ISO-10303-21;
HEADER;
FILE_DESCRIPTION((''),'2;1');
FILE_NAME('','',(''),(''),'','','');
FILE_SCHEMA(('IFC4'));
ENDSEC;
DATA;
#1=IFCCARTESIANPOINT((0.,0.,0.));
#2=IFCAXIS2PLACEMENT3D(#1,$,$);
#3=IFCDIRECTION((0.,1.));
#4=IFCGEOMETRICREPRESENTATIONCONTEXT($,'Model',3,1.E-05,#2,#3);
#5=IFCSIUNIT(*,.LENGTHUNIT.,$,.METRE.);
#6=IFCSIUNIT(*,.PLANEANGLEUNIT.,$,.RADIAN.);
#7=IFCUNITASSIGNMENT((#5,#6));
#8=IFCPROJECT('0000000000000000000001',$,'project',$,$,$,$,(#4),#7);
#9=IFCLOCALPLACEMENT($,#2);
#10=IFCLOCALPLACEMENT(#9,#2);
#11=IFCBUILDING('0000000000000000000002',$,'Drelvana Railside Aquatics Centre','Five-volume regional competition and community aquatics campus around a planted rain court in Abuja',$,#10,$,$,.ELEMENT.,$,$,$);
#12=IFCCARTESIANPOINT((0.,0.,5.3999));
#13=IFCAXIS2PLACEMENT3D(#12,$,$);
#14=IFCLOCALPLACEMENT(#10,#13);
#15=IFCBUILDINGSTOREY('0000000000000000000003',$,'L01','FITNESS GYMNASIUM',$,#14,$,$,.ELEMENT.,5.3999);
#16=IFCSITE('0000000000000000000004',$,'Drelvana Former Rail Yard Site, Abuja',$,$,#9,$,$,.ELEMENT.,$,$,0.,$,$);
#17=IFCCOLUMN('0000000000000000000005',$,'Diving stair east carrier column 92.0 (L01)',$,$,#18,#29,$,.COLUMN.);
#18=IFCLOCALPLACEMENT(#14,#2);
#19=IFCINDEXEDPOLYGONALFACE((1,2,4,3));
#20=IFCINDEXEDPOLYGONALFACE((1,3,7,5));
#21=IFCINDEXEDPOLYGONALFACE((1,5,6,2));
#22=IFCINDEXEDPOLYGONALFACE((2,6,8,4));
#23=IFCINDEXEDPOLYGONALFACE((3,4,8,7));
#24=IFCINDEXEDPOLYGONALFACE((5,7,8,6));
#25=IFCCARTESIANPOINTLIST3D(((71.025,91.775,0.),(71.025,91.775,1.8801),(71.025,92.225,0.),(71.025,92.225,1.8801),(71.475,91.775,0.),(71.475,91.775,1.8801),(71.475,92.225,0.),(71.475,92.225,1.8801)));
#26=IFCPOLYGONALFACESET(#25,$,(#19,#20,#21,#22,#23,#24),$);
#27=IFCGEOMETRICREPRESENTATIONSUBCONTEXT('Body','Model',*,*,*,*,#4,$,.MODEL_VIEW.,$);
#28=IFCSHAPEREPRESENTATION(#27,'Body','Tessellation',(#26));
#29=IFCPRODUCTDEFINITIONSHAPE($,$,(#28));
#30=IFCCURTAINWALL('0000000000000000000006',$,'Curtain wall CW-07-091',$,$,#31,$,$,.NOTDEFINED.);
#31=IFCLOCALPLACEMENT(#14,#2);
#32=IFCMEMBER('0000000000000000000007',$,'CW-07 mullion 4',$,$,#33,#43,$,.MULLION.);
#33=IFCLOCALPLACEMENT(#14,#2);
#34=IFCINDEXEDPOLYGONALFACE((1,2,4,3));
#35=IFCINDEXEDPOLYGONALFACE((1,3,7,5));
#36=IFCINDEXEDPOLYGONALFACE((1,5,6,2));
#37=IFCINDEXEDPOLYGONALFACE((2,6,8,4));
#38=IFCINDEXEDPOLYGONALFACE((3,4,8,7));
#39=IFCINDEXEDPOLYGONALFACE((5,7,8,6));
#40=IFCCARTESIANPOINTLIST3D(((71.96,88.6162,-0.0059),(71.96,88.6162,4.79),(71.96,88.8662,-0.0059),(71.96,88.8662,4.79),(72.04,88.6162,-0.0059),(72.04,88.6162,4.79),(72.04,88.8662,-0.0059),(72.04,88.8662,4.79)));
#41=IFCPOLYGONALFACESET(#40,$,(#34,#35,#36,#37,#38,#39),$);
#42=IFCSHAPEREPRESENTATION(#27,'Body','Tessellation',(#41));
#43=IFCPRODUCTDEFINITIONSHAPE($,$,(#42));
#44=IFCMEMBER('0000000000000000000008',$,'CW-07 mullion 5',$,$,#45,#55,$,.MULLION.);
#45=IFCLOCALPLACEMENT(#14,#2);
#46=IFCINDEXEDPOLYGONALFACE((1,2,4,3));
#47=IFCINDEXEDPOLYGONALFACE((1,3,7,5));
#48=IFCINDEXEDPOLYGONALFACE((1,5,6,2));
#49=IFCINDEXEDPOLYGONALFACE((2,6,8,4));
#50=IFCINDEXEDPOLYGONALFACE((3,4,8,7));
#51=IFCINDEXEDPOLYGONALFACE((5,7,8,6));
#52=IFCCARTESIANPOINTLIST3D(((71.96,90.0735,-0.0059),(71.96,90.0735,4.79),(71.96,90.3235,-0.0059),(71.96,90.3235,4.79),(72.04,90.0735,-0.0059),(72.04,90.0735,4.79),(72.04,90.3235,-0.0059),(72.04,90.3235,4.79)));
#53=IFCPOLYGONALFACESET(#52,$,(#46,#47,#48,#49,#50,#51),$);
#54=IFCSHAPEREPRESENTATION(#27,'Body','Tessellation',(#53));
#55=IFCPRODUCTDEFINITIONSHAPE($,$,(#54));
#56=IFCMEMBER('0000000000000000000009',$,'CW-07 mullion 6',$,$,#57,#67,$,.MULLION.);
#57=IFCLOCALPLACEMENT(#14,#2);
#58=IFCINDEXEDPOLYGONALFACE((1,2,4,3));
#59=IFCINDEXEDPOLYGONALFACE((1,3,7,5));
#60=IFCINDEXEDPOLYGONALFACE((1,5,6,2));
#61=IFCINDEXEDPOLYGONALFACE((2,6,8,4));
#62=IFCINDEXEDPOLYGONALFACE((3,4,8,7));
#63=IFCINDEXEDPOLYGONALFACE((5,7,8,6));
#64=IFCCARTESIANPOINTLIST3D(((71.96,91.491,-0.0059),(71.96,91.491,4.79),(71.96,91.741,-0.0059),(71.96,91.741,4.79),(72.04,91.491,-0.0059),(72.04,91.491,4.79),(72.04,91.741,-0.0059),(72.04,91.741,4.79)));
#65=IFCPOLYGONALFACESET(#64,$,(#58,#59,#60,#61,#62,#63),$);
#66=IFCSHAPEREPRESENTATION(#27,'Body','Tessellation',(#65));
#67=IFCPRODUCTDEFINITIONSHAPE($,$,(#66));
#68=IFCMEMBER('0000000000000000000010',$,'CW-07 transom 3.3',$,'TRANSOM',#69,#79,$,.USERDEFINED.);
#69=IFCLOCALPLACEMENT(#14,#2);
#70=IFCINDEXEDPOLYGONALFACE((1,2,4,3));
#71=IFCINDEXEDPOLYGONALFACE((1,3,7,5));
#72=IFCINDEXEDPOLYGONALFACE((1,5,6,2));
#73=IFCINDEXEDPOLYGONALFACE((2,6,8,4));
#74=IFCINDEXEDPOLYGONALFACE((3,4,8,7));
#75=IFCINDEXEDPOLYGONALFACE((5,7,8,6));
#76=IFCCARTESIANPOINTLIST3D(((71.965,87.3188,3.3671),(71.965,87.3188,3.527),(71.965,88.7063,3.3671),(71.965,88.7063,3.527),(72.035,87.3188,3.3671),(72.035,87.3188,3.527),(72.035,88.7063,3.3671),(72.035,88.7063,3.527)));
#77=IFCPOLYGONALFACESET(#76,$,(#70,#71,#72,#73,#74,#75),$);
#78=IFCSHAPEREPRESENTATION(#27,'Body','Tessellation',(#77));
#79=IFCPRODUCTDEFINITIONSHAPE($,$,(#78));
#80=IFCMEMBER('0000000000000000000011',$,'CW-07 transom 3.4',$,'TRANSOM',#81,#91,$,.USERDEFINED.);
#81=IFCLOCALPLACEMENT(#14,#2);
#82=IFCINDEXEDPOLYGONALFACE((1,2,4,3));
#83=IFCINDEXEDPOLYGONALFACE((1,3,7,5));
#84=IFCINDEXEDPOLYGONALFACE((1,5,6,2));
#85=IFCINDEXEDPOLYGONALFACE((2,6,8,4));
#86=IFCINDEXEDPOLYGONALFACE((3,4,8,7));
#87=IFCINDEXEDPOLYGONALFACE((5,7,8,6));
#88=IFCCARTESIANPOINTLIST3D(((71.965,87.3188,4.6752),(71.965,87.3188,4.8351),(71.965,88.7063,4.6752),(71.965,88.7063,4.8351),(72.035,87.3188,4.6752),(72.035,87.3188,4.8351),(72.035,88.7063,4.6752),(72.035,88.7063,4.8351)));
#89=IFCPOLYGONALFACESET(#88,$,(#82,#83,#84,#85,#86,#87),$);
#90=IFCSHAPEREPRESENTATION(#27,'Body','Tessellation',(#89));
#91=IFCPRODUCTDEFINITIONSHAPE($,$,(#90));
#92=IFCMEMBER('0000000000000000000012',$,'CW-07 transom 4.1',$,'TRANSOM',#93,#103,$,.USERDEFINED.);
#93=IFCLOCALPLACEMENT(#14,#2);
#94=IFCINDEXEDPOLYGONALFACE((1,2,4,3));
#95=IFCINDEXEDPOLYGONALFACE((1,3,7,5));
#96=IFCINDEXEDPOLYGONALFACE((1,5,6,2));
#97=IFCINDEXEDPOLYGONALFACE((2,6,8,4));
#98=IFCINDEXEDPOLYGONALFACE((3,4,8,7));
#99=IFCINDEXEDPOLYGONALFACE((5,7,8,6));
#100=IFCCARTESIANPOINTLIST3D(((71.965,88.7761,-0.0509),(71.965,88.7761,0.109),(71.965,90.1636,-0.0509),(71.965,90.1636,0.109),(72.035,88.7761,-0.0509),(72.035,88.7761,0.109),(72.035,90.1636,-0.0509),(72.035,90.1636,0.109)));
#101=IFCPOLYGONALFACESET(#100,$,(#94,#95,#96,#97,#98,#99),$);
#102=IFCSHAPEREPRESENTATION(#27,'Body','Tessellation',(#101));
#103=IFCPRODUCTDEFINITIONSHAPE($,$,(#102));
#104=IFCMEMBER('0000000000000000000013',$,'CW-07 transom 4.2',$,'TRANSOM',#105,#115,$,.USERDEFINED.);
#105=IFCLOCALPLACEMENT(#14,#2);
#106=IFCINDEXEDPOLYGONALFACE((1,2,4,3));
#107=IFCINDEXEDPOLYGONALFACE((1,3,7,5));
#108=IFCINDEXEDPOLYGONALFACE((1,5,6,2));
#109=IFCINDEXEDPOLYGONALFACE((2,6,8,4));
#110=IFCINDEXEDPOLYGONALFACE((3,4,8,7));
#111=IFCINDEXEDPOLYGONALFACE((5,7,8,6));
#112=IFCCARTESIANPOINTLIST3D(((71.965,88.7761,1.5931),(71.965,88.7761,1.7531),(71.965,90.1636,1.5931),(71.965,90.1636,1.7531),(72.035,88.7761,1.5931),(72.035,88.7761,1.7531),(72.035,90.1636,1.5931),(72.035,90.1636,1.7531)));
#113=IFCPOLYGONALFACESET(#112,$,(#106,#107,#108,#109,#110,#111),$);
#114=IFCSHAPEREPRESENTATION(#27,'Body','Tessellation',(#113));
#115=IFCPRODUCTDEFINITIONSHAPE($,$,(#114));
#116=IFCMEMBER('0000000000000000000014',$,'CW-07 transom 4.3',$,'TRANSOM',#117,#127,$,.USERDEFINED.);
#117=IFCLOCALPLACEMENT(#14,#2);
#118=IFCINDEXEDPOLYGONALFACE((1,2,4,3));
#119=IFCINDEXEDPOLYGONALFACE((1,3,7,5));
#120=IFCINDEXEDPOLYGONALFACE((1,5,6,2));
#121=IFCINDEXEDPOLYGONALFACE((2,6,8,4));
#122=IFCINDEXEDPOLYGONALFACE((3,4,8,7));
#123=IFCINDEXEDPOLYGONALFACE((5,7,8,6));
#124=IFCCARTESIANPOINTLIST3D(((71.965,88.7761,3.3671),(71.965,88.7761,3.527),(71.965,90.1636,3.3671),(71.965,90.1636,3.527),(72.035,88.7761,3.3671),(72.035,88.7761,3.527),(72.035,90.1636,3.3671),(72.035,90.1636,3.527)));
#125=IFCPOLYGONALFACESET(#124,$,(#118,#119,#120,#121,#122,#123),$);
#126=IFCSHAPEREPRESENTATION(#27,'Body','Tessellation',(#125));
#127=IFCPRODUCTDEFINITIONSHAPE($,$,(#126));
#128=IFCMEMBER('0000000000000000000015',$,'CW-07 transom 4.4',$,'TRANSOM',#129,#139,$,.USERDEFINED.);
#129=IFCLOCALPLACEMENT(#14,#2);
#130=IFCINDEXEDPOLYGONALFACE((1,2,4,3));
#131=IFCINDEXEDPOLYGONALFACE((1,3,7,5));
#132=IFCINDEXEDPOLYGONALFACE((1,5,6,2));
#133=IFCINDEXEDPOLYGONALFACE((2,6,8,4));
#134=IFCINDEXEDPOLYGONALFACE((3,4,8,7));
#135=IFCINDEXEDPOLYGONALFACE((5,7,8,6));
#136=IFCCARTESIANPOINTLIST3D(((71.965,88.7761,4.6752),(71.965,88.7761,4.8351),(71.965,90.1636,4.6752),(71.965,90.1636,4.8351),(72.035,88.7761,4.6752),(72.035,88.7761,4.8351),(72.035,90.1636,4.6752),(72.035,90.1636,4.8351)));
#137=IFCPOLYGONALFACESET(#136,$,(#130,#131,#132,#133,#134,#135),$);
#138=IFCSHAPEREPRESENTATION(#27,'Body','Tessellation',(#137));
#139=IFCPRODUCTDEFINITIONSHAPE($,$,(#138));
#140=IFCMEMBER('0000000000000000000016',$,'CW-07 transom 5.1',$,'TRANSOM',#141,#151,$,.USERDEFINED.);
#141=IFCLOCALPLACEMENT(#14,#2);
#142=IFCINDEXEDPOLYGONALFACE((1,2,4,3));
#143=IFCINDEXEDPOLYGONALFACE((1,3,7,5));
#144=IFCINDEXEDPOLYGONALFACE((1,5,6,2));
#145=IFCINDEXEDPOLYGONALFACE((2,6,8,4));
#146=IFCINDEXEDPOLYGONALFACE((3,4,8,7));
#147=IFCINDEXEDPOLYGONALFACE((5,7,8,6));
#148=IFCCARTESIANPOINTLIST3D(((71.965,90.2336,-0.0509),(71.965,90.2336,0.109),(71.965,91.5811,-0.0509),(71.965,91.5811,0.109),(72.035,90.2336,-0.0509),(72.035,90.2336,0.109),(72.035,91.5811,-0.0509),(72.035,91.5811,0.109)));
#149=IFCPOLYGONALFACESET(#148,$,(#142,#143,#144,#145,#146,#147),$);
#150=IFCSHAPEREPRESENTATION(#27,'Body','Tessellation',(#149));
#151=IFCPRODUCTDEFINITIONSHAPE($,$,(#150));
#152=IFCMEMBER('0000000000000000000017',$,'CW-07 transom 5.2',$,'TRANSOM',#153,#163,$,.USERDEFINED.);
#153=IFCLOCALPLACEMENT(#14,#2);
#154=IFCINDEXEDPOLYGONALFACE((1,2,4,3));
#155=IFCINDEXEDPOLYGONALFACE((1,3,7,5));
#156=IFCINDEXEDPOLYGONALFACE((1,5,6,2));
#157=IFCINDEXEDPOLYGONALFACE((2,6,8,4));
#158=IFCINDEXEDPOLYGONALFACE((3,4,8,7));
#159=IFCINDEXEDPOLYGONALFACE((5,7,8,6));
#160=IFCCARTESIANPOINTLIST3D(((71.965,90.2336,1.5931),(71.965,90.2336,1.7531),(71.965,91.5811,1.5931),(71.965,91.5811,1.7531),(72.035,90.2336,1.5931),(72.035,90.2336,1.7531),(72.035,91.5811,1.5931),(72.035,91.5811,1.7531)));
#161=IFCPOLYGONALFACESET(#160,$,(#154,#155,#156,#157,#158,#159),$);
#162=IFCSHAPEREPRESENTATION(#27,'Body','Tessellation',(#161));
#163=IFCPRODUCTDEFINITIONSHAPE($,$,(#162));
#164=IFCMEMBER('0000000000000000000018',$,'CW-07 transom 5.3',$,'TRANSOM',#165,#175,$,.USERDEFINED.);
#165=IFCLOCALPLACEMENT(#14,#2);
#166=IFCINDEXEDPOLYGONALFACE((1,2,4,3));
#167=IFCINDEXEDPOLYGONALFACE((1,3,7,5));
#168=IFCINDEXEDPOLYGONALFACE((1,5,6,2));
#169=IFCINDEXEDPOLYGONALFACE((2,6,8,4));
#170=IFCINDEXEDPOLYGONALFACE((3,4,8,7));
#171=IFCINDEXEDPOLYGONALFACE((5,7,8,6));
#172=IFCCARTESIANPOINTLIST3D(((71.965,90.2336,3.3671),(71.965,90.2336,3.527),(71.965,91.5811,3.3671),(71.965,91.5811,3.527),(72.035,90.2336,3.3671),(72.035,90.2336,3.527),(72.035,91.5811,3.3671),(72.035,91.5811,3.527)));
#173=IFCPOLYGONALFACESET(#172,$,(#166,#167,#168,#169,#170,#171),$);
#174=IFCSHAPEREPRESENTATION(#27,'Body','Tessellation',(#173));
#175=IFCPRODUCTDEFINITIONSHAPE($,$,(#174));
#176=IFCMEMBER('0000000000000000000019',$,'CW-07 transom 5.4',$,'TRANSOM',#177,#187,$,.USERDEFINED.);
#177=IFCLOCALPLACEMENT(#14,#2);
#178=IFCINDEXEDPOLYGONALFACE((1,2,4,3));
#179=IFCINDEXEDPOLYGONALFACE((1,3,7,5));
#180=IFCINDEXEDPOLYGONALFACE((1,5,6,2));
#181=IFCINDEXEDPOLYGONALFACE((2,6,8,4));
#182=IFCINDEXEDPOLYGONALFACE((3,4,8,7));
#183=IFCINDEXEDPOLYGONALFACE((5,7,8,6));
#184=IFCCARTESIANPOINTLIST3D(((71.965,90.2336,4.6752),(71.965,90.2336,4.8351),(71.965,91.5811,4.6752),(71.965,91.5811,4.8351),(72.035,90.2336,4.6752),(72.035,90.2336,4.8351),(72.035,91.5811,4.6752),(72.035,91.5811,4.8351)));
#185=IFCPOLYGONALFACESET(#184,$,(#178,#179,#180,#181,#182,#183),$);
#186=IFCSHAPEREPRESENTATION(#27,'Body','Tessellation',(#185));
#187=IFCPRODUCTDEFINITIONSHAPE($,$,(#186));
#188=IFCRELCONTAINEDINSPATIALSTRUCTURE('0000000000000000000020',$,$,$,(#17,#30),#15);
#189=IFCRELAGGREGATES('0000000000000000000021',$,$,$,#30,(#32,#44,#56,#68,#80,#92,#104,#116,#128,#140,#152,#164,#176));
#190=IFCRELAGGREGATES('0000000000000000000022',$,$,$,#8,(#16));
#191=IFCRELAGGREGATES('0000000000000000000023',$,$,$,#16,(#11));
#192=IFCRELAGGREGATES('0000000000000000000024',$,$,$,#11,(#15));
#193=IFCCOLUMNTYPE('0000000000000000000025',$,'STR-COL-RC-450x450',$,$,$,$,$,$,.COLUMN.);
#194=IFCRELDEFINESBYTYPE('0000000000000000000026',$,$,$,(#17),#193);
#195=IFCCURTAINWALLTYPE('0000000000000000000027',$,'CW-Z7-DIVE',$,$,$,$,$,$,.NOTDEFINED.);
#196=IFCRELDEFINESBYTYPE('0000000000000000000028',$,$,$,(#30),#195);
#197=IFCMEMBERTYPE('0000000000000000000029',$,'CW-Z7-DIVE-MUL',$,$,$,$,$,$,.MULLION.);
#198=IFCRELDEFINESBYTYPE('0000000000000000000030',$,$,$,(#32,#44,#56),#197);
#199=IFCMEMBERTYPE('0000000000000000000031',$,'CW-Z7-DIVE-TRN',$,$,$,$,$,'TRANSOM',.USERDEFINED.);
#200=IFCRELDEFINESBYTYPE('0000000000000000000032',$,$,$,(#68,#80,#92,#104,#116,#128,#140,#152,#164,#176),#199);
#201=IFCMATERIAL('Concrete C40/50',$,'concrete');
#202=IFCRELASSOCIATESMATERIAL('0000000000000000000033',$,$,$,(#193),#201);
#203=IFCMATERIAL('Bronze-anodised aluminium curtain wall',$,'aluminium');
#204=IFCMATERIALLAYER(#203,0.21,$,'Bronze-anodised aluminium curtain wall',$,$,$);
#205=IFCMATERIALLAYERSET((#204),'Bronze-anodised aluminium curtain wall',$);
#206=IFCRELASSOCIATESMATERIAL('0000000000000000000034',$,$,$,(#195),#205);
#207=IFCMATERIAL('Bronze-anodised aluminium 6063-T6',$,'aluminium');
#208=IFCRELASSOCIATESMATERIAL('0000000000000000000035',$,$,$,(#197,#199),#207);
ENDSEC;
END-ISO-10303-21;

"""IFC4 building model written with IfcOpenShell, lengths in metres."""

from ifc_helpers import new_model, si_unit, direction, frame, origin, origin_2d, place, context, subcontext, project, spatial, rectangle, extrude, material, layer, layer_set, material_profile, profile_set, type_object, element, aggregate, save


model = new_model("IFC4")

# Units and contexts
model_context = context("Model", 3, precision=1e-05, world=origin(), true_north=direction((0.0, 1.0)))
body_context = subcontext(model_context, "Body", "Model", "MODEL_VIEW")
ifc_project = project(units=[si_unit("LENGTHUNIT", "METRE"), si_unit("PLANEANGLEUNIT", "RADIAN")], contexts=[model_context])

# Site, building, storey
site_placement = place(None, origin())
site = spatial("IfcSite", under=ifc_project, at=site_placement, Name="Drelvana Former Rail Yard Site, Abuja", CompositionType="ELEMENT", RefElevation=0.0)
building_placement = place(site_placement, origin())
building = spatial("IfcBuilding", under=site, at=building_placement, Name="Drelvana Railside Aquatics Centre", Description="Five-volume regional competition and community aquatics campus around a planted rain court in Abuja", CompositionType="ELEMENT")
storey_placement = place(building_placement, frame((0.0, 0.0, 5.3999)))
storey = spatial("IfcBuildingStorey", under=building, at=storey_placement, Name="L01", Description="FITNESS GYMNASIUM", CompositionType="ELEMENT", Elevation=5.3999)

# Column
ifc_material_1 = material(Name="Concrete C40/50", Category="concrete")
ifc_material_profile_1 = material_profile(ifc_material_1, rectangle(XDim=0.45, YDim=0.45, at=origin_2d()), Name="RC 450x450")
ifc_profile_set_1 = profile_set([ifc_material_profile_1], Name="Concrete C40/50")
column_type = type_object("IfcColumnType", Name="STR-COL-RC-450x450", PredefinedType="COLUMN", material=ifc_profile_set_1)
column_placement = place(storey_placement, frame((71.25, 92.0, 0.0), z_axis=(0.0, 0.0, 1.0), x_axis=(1.0, 0.0, 0.0)))
element("IfcColumn", 1, at=column_placement, inside=storey, type_object=column_type, Name="Diving stair east carrier column 92.0 (L01)", PredefinedType="COLUMN", context=body_context, shape_type="SweptSolid", body=[
    extrude(rectangle(XDim=0.45, YDim=0.45, at=origin_2d()), origin(), (0.0, 0.0, 1.0), 1.8801),
])

# Curtain wall, members
ifc_material_2 = material(Name="Bronze-anodised aluminium curtain wall", Category="aluminium")
ifc_layer_1 = layer(ifc_material_2, 0.21, Name="Bronze-anodised aluminium curtain wall")
ifc_layer_set_1 = layer_set([ifc_layer_1], Name="Bronze-anodised aluminium curtain wall")
curtain_wall_type = type_object("IfcCurtainWallType", Name="CW-Z7-DIVE", PredefinedType="NOTDEFINED", material=ifc_layer_set_1)
curtain_wall_placement = place(storey_placement, origin())
curtain_wall = element("IfcCurtainWall", 2, at=curtain_wall_placement, inside=storey, type_object=curtain_wall_type, Name="Curtain wall CW-07-091", PredefinedType="NOTDEFINED")
ifc_material_3 = material(Name="Bronze-anodised aluminium 6063-T6", Category="aluminium")
ifc_material_profile_2 = material_profile(ifc_material_3, rectangle(XDim=0.0801, YDim=0.25, at=origin_2d()), Name="ALU-M 80x250")
ifc_profile_set_2 = profile_set([ifc_material_profile_2], Name="Bronze-anodised aluminium 6063-T6")
member_type_1 = type_object("IfcMemberType", Name="CW-Z7-DIVE-MUL", PredefinedType="MULLION", material=ifc_profile_set_2)
member_1_placement = place(storey_placement, frame((72.0, 88.7412, -0.0059), z_axis=(0.0, 0.0, 1.0), x_axis=(-1.0, 0.0, 0.0)))
member_1 = element("IfcMember", 3, at=member_1_placement, type_object=member_type_1, Name="CW-07 mullion 4", PredefinedType="MULLION", context=body_context, shape_type="SweptSolid", body=[
    extrude(rectangle(XDim=0.0801, YDim=0.25, at=origin_2d()), origin(), (0.0, 0.0, 1.0), 4.7959),
])
member_2_placement = place(storey_placement, frame((72.0, 90.1985, -0.0059), z_axis=(0.0, 0.0, 1.0), x_axis=(-1.0, 0.0, 0.0)))
member_2 = element("IfcMember", 4, at=member_2_placement, type_object=member_type_1, Name="CW-07 mullion 5", PredefinedType="MULLION", context=body_context, shape_type="SweptSolid", body=[
    extrude(rectangle(XDim=0.0801, YDim=0.25, at=origin_2d()), origin(), (0.0, 0.0, 1.0), 4.7959),
])
member_3_placement = place(storey_placement, frame((72.0, 91.616, -0.0059), z_axis=(0.0, 0.0, 1.0), x_axis=(-1.0, 0.0, 0.0)))
member_3 = element("IfcMember", 5, at=member_3_placement, type_object=member_type_1, Name="CW-07 mullion 6", PredefinedType="MULLION", context=body_context, shape_type="SweptSolid", body=[
    extrude(rectangle(XDim=0.0801, YDim=0.25, at=origin_2d()), origin(), (0.0, 0.0, 1.0), 4.7959),
])
ifc_material_profile_3 = material_profile(ifc_material_3, rectangle(XDim=0.1599, YDim=0.0701, at=origin_2d()), Name="ALU-T 70x160")
ifc_profile_set_3 = profile_set([ifc_material_profile_3], Name="Bronze-anodised aluminium 6063-T6")
member_type_2 = type_object("IfcMemberType", Name="CW-Z7-DIVE-TRN", ElementType="TRANSOM", PredefinedType="USERDEFINED", material=ifc_profile_set_3)
member_4_placement = place(storey_placement, frame((72.0, 87.3188, 3.447), z_axis=(0.0, 1.0, 0.0), x_axis=(0.0, 0.0, 1.0)))
member_4 = element("IfcMember", 6, at=member_4_placement, type_object=member_type_2, Name="CW-07 transom 3.3", ObjectType="TRANSOM", PredefinedType="USERDEFINED", context=body_context, shape_type="SweptSolid", body=[
    extrude(rectangle(XDim=0.1599, YDim=0.0701, at=origin_2d()), origin(), (0.0, 0.0, 1.0), 1.3875),
])
member_5_placement = place(storey_placement, frame((72.0, 87.3188, 4.7551), z_axis=(0.0, 1.0, 0.0), x_axis=(0.0, 0.0, 1.0)))
member_5 = element("IfcMember", 7, at=member_5_placement, type_object=member_type_2, Name="CW-07 transom 3.4", ObjectType="TRANSOM", PredefinedType="USERDEFINED", context=body_context, shape_type="SweptSolid", body=[
    extrude(rectangle(XDim=0.1599, YDim=0.0701, at=origin_2d()), origin(), (0.0, 0.0, 1.0), 1.3875),
])
member_6_placement = place(storey_placement, frame((72.0, 88.7761, 0.0291), z_axis=(0.0, 1.0, 0.0), x_axis=(0.0, 0.0, 1.0)))
member_6 = element("IfcMember", 8, at=member_6_placement, type_object=member_type_2, Name="CW-07 transom 4.1", ObjectType="TRANSOM", PredefinedType="USERDEFINED", context=body_context, shape_type="SweptSolid", body=[
    extrude(rectangle(XDim=0.1599, YDim=0.0701, at=origin_2d()), origin(), (0.0, 0.0, 1.0), 1.3875),
])
member_7_placement = place(storey_placement, frame((72.0, 88.7761, 1.6731), z_axis=(0.0, 1.0, 0.0), x_axis=(0.0, 0.0, 1.0)))
member_7 = element("IfcMember", 9, at=member_7_placement, type_object=member_type_2, Name="CW-07 transom 4.2", ObjectType="TRANSOM", PredefinedType="USERDEFINED", context=body_context, shape_type="SweptSolid", body=[
    extrude(rectangle(XDim=0.1599, YDim=0.0701, at=origin_2d()), origin(), (0.0, 0.0, 1.0), 1.3875),
])
member_8_placement = place(storey_placement, frame((72.0, 88.7761, 3.447), z_axis=(0.0, 1.0, 0.0), x_axis=(0.0, 0.0, 1.0)))
member_8 = element("IfcMember", 10, at=member_8_placement, type_object=member_type_2, Name="CW-07 transom 4.3", ObjectType="TRANSOM", PredefinedType="USERDEFINED", context=body_context, shape_type="SweptSolid", body=[
    extrude(rectangle(XDim=0.1599, YDim=0.0701, at=origin_2d()), origin(), (0.0, 0.0, 1.0), 1.3875),
])
member_9_placement = place(storey_placement, frame((72.0, 88.7761, 4.7551), z_axis=(0.0, 1.0, 0.0), x_axis=(0.0, 0.0, 1.0)))
member_9 = element("IfcMember", 11, at=member_9_placement, type_object=member_type_2, Name="CW-07 transom 4.4", ObjectType="TRANSOM", PredefinedType="USERDEFINED", context=body_context, shape_type="SweptSolid", body=[
    extrude(rectangle(XDim=0.1599, YDim=0.0701, at=origin_2d()), origin(), (0.0, 0.0, 1.0), 1.3875),
])
member_10_placement = place(storey_placement, frame((72.0, 90.2336, 0.0291), z_axis=(0.0, 1.0, 0.0), x_axis=(0.0, 0.0, 1.0)))
member_10 = element("IfcMember", 12, at=member_10_placement, type_object=member_type_2, Name="CW-07 transom 5.1", ObjectType="TRANSOM", PredefinedType="USERDEFINED", context=body_context, shape_type="SweptSolid", body=[
    extrude(rectangle(XDim=0.1599, YDim=0.0701, at=origin_2d()), origin(), (0.0, 0.0, 1.0), 1.3474),
])
member_11_placement = place(storey_placement, frame((72.0, 90.2336, 1.6731), z_axis=(0.0, 1.0, 0.0), x_axis=(0.0, 0.0, 1.0)))
member_11 = element("IfcMember", 13, at=member_11_placement, type_object=member_type_2, Name="CW-07 transom 5.2", ObjectType="TRANSOM", PredefinedType="USERDEFINED", context=body_context, shape_type="SweptSolid", body=[
    extrude(rectangle(XDim=0.1599, YDim=0.0701, at=origin_2d()), origin(), (0.0, 0.0, 1.0), 1.3474),
])
member_12_placement = place(storey_placement, frame((72.0, 90.2336, 3.447), z_axis=(0.0, 1.0, 0.0), x_axis=(0.0, 0.0, 1.0)))
member_12 = element("IfcMember", 14, at=member_12_placement, type_object=member_type_2, Name="CW-07 transom 5.3", ObjectType="TRANSOM", PredefinedType="USERDEFINED", context=body_context, shape_type="SweptSolid", body=[
    extrude(rectangle(XDim=0.1599, YDim=0.0701, at=origin_2d()), origin(), (0.0, 0.0, 1.0), 1.3474),
])
member_13_placement = place(storey_placement, frame((72.0, 90.2336, 4.7551), z_axis=(0.0, 1.0, 0.0), x_axis=(0.0, 0.0, 1.0)))
member_13 = element("IfcMember", 15, at=member_13_placement, type_object=member_type_2, Name="CW-07 transom 5.4", ObjectType="TRANSOM", PredefinedType="USERDEFINED", context=body_context, shape_type="SweptSolid", body=[
    extrude(rectangle(XDim=0.1599, YDim=0.0701, at=origin_2d()), origin(), (0.0, 0.0, 1.0), 1.3474),
])

aggregate(curtain_wall, [member_1, member_2, member_3, member_4, member_5, member_6, member_7, member_8, member_9, member_10, member_11, member_12, member_13])

save(model, "model.ifc")
